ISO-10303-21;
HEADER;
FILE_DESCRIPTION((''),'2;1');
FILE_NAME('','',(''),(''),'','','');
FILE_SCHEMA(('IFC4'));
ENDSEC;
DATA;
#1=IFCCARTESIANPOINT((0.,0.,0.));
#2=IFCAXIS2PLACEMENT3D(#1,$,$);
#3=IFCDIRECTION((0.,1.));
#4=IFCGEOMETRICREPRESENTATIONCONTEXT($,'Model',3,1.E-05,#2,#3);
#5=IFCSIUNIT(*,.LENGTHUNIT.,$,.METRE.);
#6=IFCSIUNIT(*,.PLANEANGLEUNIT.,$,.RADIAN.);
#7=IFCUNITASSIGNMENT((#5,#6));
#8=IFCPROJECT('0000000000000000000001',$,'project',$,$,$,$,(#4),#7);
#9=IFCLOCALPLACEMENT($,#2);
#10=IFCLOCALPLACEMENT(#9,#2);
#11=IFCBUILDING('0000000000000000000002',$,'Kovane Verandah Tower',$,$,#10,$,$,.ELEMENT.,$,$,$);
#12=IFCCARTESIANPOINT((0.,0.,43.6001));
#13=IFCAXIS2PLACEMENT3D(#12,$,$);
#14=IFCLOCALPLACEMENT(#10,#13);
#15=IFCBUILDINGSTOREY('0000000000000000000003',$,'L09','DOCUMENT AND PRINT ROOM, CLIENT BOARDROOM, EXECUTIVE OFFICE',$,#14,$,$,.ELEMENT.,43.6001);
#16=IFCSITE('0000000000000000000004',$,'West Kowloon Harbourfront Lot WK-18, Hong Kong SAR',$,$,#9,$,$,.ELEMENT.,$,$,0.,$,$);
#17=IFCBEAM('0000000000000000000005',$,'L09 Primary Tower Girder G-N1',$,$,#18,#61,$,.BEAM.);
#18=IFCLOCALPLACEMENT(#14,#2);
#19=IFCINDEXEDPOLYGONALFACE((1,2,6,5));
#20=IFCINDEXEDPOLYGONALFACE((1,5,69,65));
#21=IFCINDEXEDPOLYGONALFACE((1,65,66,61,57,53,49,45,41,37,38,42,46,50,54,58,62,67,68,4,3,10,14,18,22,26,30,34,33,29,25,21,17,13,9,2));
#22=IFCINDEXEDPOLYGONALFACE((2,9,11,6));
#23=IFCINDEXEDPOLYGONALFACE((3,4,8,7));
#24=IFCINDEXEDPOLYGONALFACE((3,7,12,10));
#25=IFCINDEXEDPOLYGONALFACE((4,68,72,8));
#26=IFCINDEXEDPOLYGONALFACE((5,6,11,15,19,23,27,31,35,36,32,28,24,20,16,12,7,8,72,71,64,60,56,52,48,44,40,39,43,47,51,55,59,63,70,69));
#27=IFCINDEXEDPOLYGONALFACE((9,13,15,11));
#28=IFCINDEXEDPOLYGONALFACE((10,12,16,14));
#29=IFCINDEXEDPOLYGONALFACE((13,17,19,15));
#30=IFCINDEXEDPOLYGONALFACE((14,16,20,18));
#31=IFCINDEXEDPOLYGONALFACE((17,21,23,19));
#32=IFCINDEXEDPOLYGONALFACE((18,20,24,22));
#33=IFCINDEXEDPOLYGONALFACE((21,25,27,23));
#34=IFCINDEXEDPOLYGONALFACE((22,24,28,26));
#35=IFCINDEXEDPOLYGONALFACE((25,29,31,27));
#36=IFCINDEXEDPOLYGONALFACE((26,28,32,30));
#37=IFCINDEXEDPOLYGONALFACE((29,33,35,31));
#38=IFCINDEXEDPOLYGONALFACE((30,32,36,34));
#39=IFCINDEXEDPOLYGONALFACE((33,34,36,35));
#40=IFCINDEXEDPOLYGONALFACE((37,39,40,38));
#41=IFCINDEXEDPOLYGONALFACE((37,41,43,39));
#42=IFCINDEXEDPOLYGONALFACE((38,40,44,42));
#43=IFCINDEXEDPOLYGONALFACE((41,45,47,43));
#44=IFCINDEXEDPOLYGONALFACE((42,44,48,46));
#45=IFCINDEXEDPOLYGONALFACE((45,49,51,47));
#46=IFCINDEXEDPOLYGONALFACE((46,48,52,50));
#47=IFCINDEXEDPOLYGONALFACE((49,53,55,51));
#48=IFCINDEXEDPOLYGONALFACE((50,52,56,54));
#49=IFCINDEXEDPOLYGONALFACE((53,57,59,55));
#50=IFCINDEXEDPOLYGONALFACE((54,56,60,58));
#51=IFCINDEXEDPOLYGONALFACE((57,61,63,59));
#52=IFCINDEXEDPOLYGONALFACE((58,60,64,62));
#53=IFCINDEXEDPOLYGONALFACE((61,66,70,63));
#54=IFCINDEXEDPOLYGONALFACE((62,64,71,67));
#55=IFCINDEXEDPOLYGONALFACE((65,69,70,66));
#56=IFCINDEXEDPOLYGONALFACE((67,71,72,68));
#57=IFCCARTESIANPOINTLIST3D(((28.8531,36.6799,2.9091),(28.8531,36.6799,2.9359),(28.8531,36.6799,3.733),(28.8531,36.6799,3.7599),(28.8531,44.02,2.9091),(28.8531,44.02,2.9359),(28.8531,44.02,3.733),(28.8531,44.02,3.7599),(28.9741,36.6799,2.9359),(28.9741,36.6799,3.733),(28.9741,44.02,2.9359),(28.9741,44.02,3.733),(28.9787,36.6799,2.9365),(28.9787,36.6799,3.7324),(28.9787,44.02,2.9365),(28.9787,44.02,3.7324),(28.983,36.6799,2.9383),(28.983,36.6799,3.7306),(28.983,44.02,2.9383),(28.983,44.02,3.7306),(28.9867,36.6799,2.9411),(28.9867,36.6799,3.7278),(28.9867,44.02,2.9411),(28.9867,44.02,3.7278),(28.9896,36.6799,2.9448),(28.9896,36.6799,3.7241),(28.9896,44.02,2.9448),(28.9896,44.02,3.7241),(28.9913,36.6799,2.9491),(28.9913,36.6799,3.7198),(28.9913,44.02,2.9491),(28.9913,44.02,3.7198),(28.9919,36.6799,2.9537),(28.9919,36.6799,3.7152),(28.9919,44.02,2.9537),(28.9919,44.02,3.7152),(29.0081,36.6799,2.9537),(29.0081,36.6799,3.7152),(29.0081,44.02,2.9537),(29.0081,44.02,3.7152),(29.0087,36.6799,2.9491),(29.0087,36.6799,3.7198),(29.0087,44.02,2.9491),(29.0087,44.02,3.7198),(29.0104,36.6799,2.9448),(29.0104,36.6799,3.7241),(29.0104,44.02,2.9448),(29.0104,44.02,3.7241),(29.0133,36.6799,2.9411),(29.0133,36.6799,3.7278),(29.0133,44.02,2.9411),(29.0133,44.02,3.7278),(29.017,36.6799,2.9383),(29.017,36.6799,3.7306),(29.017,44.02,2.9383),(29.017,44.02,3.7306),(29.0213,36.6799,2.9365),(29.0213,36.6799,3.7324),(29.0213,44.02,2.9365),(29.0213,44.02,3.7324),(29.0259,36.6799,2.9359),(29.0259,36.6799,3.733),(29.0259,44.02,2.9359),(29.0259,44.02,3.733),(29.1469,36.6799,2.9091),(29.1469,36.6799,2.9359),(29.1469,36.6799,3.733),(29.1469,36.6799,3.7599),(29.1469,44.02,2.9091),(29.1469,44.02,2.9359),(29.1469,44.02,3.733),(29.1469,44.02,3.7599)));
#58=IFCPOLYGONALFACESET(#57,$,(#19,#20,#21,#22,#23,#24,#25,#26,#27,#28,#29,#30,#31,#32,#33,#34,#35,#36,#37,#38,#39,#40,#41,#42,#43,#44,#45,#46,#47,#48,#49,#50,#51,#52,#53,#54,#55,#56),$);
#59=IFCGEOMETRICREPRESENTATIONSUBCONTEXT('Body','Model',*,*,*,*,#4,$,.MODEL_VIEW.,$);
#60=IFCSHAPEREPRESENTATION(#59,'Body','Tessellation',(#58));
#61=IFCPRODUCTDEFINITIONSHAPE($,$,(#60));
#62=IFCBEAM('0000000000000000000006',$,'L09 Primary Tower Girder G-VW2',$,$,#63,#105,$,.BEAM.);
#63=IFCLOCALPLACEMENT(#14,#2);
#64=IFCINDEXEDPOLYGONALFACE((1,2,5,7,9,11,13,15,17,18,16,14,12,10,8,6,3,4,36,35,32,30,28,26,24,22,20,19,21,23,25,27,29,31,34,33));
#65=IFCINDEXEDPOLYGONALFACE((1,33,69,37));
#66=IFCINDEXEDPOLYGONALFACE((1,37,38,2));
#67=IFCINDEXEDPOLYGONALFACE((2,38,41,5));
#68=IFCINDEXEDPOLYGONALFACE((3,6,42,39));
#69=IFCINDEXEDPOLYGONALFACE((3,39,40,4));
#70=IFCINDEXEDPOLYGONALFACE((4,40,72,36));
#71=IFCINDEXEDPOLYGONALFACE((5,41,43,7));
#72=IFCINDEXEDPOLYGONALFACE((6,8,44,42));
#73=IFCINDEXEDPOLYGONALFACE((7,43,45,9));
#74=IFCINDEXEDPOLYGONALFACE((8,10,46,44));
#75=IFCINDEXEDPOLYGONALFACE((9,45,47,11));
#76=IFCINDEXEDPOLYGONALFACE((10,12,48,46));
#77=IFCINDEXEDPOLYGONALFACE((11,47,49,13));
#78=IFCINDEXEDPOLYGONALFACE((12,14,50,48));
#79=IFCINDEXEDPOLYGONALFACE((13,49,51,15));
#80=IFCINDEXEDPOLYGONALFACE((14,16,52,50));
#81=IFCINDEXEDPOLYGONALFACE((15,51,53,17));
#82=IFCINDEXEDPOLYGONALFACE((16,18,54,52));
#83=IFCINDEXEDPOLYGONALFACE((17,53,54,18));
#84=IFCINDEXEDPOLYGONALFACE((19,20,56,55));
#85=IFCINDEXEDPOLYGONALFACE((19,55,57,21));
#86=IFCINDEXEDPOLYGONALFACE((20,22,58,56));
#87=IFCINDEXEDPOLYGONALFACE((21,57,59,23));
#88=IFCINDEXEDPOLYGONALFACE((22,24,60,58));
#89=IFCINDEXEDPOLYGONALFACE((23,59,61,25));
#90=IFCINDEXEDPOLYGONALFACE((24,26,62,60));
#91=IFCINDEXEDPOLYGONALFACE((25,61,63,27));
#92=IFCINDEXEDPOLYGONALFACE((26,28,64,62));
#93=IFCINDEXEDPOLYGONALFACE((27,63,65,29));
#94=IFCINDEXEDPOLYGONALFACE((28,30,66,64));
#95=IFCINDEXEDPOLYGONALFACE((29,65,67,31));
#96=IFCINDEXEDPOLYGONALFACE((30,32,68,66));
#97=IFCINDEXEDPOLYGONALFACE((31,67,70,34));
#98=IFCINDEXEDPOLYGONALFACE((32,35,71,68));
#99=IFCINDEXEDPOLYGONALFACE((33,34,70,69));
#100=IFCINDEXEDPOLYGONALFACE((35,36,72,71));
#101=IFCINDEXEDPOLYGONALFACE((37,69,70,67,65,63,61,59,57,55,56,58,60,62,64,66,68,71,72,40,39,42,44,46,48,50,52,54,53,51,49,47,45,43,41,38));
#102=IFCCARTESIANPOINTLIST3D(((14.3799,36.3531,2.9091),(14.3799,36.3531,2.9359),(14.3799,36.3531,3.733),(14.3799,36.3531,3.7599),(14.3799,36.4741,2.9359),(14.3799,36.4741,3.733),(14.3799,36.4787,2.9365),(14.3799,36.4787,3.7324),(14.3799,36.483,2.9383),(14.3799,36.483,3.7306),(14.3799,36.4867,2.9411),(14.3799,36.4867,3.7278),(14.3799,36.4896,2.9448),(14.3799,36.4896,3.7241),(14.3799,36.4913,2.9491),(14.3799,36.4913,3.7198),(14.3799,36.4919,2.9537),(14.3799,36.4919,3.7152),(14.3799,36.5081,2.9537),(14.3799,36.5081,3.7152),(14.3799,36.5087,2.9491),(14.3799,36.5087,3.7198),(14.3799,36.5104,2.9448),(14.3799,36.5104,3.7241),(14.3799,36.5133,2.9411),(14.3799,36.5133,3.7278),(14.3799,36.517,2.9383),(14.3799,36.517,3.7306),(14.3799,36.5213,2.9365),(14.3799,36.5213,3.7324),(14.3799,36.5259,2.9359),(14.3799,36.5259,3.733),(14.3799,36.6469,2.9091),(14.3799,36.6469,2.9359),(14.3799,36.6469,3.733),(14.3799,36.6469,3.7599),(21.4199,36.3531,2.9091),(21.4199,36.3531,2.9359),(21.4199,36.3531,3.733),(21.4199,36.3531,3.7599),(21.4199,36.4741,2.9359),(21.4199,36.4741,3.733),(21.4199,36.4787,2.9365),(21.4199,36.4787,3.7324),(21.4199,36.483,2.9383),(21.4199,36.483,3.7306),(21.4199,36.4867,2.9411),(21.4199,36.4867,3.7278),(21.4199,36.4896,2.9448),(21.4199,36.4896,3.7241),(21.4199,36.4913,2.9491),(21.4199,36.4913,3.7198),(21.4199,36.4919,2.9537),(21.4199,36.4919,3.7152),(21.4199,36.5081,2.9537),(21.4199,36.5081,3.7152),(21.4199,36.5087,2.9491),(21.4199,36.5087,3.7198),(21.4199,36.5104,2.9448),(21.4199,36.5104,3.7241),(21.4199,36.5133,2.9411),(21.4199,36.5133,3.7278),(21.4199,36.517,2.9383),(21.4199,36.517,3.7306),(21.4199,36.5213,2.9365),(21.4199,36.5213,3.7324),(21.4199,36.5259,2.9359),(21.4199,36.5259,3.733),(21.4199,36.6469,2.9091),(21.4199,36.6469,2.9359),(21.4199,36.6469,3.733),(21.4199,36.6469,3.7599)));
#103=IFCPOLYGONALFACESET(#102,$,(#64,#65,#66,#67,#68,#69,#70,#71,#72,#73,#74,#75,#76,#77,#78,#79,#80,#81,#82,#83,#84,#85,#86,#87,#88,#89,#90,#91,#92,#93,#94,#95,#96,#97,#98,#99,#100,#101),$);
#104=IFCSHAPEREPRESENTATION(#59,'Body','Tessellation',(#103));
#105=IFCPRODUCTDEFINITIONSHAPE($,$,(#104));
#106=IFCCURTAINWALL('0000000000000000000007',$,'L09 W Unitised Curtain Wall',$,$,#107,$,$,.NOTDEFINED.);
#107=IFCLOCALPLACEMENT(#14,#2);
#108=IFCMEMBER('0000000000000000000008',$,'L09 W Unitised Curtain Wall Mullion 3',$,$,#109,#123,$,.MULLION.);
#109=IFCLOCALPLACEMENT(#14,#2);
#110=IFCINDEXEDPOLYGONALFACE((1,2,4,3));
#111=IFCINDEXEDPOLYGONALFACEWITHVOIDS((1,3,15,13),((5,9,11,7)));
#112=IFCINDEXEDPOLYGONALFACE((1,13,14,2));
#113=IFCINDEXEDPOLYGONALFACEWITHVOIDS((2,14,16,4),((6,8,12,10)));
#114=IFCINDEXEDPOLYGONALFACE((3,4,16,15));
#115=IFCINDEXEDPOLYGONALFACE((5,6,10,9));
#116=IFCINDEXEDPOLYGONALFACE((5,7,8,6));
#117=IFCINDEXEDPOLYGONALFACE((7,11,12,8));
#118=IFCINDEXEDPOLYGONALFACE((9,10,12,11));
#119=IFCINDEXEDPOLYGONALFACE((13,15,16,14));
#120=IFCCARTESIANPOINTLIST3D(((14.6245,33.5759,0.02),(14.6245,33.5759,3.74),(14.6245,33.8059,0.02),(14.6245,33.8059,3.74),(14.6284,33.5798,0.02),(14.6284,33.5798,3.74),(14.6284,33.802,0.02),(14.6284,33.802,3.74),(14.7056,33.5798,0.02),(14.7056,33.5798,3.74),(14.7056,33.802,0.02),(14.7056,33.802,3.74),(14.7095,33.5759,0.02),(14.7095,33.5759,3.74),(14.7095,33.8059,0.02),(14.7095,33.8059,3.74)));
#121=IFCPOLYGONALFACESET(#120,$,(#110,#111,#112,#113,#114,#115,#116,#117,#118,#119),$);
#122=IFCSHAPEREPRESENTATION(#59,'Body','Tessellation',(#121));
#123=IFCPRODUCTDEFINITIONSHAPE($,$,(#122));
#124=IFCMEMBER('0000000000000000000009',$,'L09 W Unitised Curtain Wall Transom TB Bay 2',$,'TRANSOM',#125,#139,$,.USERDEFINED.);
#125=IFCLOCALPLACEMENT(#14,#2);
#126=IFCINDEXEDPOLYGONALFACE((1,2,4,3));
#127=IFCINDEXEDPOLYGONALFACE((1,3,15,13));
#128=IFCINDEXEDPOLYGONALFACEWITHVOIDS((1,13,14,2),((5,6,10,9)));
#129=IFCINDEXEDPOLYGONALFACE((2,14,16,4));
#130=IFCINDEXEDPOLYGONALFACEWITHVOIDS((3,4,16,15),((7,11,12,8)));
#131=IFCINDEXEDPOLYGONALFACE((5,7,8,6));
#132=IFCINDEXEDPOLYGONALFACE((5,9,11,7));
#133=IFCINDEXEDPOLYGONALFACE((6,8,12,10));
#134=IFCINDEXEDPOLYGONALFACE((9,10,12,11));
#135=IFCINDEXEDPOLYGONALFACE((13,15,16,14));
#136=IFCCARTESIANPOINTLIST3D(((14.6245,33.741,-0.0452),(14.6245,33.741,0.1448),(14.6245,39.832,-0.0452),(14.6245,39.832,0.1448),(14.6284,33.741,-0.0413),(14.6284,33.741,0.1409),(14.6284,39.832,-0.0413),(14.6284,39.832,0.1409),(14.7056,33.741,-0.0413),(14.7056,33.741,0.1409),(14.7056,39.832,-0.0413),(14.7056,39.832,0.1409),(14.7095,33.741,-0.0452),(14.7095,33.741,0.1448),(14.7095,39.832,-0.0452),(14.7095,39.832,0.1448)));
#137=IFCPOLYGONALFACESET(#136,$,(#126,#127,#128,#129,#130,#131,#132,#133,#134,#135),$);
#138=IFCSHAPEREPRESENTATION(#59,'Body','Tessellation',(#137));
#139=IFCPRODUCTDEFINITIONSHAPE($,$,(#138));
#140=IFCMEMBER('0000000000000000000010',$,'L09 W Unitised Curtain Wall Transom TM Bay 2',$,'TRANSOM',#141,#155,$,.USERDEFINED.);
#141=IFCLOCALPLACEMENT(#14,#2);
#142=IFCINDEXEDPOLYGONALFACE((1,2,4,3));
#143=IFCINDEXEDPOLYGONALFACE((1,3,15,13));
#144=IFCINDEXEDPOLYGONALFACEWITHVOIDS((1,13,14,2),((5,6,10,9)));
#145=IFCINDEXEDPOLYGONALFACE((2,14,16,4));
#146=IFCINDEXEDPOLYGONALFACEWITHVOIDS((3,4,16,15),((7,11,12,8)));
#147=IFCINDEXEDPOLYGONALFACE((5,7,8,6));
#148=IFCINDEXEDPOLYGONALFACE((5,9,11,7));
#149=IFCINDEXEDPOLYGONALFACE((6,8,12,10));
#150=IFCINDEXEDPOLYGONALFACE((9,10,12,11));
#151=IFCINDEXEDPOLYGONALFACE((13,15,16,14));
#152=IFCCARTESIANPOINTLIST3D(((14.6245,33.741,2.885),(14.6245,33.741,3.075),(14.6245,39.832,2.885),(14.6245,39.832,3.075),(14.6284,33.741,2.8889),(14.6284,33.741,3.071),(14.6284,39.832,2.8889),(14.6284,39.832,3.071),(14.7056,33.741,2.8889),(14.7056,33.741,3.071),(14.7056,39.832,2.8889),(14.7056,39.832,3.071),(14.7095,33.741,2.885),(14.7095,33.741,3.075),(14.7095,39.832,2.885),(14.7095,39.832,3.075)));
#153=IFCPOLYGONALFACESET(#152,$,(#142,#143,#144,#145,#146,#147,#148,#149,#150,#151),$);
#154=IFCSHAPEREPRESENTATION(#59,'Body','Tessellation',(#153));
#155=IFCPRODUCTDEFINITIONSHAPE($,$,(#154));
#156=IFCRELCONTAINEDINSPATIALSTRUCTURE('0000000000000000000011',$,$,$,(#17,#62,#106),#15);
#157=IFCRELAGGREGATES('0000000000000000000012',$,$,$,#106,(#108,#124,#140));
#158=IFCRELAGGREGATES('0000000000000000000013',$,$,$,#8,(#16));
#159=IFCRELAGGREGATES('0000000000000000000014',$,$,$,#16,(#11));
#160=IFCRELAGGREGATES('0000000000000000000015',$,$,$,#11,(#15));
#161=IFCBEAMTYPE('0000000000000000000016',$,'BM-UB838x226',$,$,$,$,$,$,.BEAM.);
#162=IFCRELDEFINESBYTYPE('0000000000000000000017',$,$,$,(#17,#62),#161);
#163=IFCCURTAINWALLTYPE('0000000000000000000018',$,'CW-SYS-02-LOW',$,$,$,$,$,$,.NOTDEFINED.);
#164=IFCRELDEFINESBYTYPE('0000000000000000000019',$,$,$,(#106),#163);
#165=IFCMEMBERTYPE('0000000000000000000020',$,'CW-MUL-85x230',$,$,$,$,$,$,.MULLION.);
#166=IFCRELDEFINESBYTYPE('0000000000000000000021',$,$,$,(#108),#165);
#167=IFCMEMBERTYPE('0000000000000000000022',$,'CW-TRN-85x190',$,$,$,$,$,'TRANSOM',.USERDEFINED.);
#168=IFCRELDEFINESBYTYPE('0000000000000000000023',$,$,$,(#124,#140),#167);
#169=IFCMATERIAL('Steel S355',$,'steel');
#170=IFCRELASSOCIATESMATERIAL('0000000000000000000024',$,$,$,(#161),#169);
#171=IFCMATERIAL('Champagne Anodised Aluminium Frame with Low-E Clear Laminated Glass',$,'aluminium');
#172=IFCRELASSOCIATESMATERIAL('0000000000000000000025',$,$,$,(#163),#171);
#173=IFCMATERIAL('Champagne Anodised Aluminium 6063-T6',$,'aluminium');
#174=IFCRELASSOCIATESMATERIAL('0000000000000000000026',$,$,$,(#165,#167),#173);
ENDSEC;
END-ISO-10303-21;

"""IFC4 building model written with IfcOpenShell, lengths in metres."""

from ifc_helpers import new_model, si_unit, direction, frame, origin, origin_2d, place, context, subcontext, project, spatial, hollow_rectangle, i_section, extrude, material, material_profile, profile_set, type_object, element, aggregate, save


model = new_model("IFC4")

# Units and contexts
model_context = context("Model", 3, precision=1e-05, world=origin(), true_north=direction((0.0, 1.0)))
body_context = subcontext(model_context, "Body", "Model", "MODEL_VIEW")
ifc_project = project(units=[si_unit("LENGTHUNIT", "METRE"), si_unit("PLANEANGLEUNIT", "RADIAN")], contexts=[model_context])

# Site, building, storey
site_placement = place(None, origin())
site = spatial("IfcSite", under=ifc_project, at=site_placement, Name="West Kowloon Harbourfront Lot WK-18, Hong Kong SAR", CompositionType="ELEMENT", RefElevation=0.0)
building_placement = place(site_placement, origin())
building = spatial("IfcBuilding", under=site, at=building_placement, Name="Kovane Verandah Tower", CompositionType="ELEMENT")
storey_placement = place(building_placement, frame((0.0, 0.0, 43.6001)))
storey = spatial("IfcBuildingStorey", under=building, at=storey_placement, Name="L09", Description="DOCUMENT AND PRINT ROOM, CLIENT BOARDROOM, EXECUTIVE OFFICE", CompositionType="ELEMENT", Elevation=43.6001)

# Beams
ifc_material_1 = material(Name="Steel S355", Category="steel")
ifc_material_profile_1 = material_profile(ifc_material_1, i_section(OverallWidth=0.2937, OverallDepth=0.8508, WebThickness=0.0161, FlangeThickness=0.0269, FilletRadius=0.0178, at=origin_2d()), Name="UB838x292x226")
ifc_profile_set_1 = profile_set([ifc_material_profile_1], Name="Steel S355")
beam_type_1 = type_object("IfcBeamType", Name="BM-UB838x226", PredefinedType="BEAM", material=ifc_profile_set_1)
beam_1_placement = place(storey_placement, frame((29.0, 36.6799, 3.3345), z_axis=(0.0, 1.0, 0.0), x_axis=(-1.0, 0.0, 0.0)))
element("IfcBeam", 1, at=beam_1_placement, inside=storey, type_object=beam_type_1, Name="L09 Primary Tower Girder G-N1", PredefinedType="BEAM", context=body_context, shape_type="SweptSolid", body=[
    extrude(i_section(OverallWidth=0.2937, OverallDepth=0.8508, WebThickness=0.0161, FlangeThickness=0.0269, FilletRadius=0.0178, at=origin_2d()), origin(), (0.0, 0.0, 1.0), 7.3401),
])
beam_2_placement = place(storey_placement, frame((21.4199, 36.5, 3.3345), z_axis=(-1.0, 0.0, 0.0), x_axis=(0.0, -1.0, 0.0)))
element("IfcBeam", 2, at=beam_2_placement, inside=storey, type_object=beam_type_1, Name="L09 Primary Tower Girder G-VW2", PredefinedType="BEAM", context=body_context, shape_type="SweptSolid", body=[
    extrude(i_section(OverallWidth=0.2937, OverallDepth=0.8508, WebThickness=0.0161, FlangeThickness=0.0269, FilletRadius=0.0178, at=origin_2d()), origin(), (0.0, 0.0, 1.0), 7.04),
])

# Curtain wall, members
ifc_material_2 = material(Name="Champagne Anodised Aluminium Frame with Low-E Clear Laminated Glass", Category="aluminium")
curtain_wall_type = type_object("IfcCurtainWallType", Name="CW-SYS-02-LOW", PredefinedType="NOTDEFINED", material=ifc_material_2)
curtain_wall_placement = place(storey_placement, origin())
curtain_wall = element("IfcCurtainWall", 3, at=curtain_wall_placement, inside=storey, type_object=curtain_wall_type, Name="L09 W Unitised Curtain Wall", PredefinedType="NOTDEFINED")
ifc_material_3 = material(Name="Champagne Anodised Aluminium 6063-T6", Category="aluminium")
ifc_material_profile_2 = material_profile(ifc_material_3, hollow_rectangle(XDim=0.085, YDim=0.23, WallThickness=0.0039, at=origin_2d()), Name="AL85x230x4")
ifc_profile_set_2 = profile_set([ifc_material_profile_2], Name="Champagne Anodised Aluminium 6063-T6")
member_type_1 = type_object("IfcMemberType", Name="CW-MUL-85x230", PredefinedType="MULLION", material=ifc_profile_set_2)
member_1_placement = place(storey_placement, frame((14.667, 33.6909, 0.02), z_axis=(0.0, 0.0, 1.0), x_axis=(-1.0, 0.0, 0.0)))
member_1 = element("IfcMember", 4, at=member_1_placement, type_object=member_type_1, Name="L09 W Unitised Curtain Wall Mullion 3", PredefinedType="MULLION", context=body_context, shape_type="SweptSolid", body=[
    extrude(hollow_rectangle(XDim=0.085, YDim=0.23, WallThickness=0.0039, at=origin_2d()), origin(), (0.0, 0.0, 1.0), 3.72),
])
ifc_material_profile_3 = material_profile(ifc_material_3, hollow_rectangle(XDim=0.085, YDim=0.1899, WallThickness=0.0039, at=origin_2d()), Name="AL85x190x4")
ifc_profile_set_3 = profile_set([ifc_material_profile_3], Name="Champagne Anodised Aluminium 6063-T6")
member_type_2 = type_object("IfcMemberType", Name="CW-TRN-85x190", ElementType="TRANSOM", PredefinedType="USERDEFINED", material=ifc_profile_set_3)
member_2_placement = place(storey_placement, frame((14.667, 39.832, 0.0498), z_axis=(0.0, -1.0, 0.0), x_axis=(1.0, 0.0, 0.0)))
member_2 = element("IfcMember", 5, at=member_2_placement, type_object=member_type_2, Name="L09 W Unitised Curtain Wall Transom TB Bay 2", ObjectType="TRANSOM", PredefinedType="USERDEFINED", context=body_context, shape_type="SweptSolid", body=[
    extrude(hollow_rectangle(XDim=0.085, YDim=0.1899, WallThickness=0.0039, at=origin_2d()), origin(), (0.0, 0.0, 1.0), 6.0911),
])
member_3_placement = place(storey_placement, frame((14.667, 39.832, 2.98), z_axis=(0.0, -1.0, 0.0), x_axis=(1.0, 0.0, 0.0)))
member_3 = element("IfcMember", 6, at=member_3_placement, type_object=member_type_2, Name="L09 W Unitised Curtain Wall Transom TM Bay 2", ObjectType="TRANSOM", PredefinedType="USERDEFINED", context=body_context, shape_type="SweptSolid", body=[
    extrude(hollow_rectangle(XDim=0.085, YDim=0.1899, WallThickness=0.0039, at=origin_2d()), origin(), (0.0, 0.0, 1.0), 6.0911),
])

aggregate(curtain_wall, [member_1, member_2, member_3])

save(model, "model.ifc")
